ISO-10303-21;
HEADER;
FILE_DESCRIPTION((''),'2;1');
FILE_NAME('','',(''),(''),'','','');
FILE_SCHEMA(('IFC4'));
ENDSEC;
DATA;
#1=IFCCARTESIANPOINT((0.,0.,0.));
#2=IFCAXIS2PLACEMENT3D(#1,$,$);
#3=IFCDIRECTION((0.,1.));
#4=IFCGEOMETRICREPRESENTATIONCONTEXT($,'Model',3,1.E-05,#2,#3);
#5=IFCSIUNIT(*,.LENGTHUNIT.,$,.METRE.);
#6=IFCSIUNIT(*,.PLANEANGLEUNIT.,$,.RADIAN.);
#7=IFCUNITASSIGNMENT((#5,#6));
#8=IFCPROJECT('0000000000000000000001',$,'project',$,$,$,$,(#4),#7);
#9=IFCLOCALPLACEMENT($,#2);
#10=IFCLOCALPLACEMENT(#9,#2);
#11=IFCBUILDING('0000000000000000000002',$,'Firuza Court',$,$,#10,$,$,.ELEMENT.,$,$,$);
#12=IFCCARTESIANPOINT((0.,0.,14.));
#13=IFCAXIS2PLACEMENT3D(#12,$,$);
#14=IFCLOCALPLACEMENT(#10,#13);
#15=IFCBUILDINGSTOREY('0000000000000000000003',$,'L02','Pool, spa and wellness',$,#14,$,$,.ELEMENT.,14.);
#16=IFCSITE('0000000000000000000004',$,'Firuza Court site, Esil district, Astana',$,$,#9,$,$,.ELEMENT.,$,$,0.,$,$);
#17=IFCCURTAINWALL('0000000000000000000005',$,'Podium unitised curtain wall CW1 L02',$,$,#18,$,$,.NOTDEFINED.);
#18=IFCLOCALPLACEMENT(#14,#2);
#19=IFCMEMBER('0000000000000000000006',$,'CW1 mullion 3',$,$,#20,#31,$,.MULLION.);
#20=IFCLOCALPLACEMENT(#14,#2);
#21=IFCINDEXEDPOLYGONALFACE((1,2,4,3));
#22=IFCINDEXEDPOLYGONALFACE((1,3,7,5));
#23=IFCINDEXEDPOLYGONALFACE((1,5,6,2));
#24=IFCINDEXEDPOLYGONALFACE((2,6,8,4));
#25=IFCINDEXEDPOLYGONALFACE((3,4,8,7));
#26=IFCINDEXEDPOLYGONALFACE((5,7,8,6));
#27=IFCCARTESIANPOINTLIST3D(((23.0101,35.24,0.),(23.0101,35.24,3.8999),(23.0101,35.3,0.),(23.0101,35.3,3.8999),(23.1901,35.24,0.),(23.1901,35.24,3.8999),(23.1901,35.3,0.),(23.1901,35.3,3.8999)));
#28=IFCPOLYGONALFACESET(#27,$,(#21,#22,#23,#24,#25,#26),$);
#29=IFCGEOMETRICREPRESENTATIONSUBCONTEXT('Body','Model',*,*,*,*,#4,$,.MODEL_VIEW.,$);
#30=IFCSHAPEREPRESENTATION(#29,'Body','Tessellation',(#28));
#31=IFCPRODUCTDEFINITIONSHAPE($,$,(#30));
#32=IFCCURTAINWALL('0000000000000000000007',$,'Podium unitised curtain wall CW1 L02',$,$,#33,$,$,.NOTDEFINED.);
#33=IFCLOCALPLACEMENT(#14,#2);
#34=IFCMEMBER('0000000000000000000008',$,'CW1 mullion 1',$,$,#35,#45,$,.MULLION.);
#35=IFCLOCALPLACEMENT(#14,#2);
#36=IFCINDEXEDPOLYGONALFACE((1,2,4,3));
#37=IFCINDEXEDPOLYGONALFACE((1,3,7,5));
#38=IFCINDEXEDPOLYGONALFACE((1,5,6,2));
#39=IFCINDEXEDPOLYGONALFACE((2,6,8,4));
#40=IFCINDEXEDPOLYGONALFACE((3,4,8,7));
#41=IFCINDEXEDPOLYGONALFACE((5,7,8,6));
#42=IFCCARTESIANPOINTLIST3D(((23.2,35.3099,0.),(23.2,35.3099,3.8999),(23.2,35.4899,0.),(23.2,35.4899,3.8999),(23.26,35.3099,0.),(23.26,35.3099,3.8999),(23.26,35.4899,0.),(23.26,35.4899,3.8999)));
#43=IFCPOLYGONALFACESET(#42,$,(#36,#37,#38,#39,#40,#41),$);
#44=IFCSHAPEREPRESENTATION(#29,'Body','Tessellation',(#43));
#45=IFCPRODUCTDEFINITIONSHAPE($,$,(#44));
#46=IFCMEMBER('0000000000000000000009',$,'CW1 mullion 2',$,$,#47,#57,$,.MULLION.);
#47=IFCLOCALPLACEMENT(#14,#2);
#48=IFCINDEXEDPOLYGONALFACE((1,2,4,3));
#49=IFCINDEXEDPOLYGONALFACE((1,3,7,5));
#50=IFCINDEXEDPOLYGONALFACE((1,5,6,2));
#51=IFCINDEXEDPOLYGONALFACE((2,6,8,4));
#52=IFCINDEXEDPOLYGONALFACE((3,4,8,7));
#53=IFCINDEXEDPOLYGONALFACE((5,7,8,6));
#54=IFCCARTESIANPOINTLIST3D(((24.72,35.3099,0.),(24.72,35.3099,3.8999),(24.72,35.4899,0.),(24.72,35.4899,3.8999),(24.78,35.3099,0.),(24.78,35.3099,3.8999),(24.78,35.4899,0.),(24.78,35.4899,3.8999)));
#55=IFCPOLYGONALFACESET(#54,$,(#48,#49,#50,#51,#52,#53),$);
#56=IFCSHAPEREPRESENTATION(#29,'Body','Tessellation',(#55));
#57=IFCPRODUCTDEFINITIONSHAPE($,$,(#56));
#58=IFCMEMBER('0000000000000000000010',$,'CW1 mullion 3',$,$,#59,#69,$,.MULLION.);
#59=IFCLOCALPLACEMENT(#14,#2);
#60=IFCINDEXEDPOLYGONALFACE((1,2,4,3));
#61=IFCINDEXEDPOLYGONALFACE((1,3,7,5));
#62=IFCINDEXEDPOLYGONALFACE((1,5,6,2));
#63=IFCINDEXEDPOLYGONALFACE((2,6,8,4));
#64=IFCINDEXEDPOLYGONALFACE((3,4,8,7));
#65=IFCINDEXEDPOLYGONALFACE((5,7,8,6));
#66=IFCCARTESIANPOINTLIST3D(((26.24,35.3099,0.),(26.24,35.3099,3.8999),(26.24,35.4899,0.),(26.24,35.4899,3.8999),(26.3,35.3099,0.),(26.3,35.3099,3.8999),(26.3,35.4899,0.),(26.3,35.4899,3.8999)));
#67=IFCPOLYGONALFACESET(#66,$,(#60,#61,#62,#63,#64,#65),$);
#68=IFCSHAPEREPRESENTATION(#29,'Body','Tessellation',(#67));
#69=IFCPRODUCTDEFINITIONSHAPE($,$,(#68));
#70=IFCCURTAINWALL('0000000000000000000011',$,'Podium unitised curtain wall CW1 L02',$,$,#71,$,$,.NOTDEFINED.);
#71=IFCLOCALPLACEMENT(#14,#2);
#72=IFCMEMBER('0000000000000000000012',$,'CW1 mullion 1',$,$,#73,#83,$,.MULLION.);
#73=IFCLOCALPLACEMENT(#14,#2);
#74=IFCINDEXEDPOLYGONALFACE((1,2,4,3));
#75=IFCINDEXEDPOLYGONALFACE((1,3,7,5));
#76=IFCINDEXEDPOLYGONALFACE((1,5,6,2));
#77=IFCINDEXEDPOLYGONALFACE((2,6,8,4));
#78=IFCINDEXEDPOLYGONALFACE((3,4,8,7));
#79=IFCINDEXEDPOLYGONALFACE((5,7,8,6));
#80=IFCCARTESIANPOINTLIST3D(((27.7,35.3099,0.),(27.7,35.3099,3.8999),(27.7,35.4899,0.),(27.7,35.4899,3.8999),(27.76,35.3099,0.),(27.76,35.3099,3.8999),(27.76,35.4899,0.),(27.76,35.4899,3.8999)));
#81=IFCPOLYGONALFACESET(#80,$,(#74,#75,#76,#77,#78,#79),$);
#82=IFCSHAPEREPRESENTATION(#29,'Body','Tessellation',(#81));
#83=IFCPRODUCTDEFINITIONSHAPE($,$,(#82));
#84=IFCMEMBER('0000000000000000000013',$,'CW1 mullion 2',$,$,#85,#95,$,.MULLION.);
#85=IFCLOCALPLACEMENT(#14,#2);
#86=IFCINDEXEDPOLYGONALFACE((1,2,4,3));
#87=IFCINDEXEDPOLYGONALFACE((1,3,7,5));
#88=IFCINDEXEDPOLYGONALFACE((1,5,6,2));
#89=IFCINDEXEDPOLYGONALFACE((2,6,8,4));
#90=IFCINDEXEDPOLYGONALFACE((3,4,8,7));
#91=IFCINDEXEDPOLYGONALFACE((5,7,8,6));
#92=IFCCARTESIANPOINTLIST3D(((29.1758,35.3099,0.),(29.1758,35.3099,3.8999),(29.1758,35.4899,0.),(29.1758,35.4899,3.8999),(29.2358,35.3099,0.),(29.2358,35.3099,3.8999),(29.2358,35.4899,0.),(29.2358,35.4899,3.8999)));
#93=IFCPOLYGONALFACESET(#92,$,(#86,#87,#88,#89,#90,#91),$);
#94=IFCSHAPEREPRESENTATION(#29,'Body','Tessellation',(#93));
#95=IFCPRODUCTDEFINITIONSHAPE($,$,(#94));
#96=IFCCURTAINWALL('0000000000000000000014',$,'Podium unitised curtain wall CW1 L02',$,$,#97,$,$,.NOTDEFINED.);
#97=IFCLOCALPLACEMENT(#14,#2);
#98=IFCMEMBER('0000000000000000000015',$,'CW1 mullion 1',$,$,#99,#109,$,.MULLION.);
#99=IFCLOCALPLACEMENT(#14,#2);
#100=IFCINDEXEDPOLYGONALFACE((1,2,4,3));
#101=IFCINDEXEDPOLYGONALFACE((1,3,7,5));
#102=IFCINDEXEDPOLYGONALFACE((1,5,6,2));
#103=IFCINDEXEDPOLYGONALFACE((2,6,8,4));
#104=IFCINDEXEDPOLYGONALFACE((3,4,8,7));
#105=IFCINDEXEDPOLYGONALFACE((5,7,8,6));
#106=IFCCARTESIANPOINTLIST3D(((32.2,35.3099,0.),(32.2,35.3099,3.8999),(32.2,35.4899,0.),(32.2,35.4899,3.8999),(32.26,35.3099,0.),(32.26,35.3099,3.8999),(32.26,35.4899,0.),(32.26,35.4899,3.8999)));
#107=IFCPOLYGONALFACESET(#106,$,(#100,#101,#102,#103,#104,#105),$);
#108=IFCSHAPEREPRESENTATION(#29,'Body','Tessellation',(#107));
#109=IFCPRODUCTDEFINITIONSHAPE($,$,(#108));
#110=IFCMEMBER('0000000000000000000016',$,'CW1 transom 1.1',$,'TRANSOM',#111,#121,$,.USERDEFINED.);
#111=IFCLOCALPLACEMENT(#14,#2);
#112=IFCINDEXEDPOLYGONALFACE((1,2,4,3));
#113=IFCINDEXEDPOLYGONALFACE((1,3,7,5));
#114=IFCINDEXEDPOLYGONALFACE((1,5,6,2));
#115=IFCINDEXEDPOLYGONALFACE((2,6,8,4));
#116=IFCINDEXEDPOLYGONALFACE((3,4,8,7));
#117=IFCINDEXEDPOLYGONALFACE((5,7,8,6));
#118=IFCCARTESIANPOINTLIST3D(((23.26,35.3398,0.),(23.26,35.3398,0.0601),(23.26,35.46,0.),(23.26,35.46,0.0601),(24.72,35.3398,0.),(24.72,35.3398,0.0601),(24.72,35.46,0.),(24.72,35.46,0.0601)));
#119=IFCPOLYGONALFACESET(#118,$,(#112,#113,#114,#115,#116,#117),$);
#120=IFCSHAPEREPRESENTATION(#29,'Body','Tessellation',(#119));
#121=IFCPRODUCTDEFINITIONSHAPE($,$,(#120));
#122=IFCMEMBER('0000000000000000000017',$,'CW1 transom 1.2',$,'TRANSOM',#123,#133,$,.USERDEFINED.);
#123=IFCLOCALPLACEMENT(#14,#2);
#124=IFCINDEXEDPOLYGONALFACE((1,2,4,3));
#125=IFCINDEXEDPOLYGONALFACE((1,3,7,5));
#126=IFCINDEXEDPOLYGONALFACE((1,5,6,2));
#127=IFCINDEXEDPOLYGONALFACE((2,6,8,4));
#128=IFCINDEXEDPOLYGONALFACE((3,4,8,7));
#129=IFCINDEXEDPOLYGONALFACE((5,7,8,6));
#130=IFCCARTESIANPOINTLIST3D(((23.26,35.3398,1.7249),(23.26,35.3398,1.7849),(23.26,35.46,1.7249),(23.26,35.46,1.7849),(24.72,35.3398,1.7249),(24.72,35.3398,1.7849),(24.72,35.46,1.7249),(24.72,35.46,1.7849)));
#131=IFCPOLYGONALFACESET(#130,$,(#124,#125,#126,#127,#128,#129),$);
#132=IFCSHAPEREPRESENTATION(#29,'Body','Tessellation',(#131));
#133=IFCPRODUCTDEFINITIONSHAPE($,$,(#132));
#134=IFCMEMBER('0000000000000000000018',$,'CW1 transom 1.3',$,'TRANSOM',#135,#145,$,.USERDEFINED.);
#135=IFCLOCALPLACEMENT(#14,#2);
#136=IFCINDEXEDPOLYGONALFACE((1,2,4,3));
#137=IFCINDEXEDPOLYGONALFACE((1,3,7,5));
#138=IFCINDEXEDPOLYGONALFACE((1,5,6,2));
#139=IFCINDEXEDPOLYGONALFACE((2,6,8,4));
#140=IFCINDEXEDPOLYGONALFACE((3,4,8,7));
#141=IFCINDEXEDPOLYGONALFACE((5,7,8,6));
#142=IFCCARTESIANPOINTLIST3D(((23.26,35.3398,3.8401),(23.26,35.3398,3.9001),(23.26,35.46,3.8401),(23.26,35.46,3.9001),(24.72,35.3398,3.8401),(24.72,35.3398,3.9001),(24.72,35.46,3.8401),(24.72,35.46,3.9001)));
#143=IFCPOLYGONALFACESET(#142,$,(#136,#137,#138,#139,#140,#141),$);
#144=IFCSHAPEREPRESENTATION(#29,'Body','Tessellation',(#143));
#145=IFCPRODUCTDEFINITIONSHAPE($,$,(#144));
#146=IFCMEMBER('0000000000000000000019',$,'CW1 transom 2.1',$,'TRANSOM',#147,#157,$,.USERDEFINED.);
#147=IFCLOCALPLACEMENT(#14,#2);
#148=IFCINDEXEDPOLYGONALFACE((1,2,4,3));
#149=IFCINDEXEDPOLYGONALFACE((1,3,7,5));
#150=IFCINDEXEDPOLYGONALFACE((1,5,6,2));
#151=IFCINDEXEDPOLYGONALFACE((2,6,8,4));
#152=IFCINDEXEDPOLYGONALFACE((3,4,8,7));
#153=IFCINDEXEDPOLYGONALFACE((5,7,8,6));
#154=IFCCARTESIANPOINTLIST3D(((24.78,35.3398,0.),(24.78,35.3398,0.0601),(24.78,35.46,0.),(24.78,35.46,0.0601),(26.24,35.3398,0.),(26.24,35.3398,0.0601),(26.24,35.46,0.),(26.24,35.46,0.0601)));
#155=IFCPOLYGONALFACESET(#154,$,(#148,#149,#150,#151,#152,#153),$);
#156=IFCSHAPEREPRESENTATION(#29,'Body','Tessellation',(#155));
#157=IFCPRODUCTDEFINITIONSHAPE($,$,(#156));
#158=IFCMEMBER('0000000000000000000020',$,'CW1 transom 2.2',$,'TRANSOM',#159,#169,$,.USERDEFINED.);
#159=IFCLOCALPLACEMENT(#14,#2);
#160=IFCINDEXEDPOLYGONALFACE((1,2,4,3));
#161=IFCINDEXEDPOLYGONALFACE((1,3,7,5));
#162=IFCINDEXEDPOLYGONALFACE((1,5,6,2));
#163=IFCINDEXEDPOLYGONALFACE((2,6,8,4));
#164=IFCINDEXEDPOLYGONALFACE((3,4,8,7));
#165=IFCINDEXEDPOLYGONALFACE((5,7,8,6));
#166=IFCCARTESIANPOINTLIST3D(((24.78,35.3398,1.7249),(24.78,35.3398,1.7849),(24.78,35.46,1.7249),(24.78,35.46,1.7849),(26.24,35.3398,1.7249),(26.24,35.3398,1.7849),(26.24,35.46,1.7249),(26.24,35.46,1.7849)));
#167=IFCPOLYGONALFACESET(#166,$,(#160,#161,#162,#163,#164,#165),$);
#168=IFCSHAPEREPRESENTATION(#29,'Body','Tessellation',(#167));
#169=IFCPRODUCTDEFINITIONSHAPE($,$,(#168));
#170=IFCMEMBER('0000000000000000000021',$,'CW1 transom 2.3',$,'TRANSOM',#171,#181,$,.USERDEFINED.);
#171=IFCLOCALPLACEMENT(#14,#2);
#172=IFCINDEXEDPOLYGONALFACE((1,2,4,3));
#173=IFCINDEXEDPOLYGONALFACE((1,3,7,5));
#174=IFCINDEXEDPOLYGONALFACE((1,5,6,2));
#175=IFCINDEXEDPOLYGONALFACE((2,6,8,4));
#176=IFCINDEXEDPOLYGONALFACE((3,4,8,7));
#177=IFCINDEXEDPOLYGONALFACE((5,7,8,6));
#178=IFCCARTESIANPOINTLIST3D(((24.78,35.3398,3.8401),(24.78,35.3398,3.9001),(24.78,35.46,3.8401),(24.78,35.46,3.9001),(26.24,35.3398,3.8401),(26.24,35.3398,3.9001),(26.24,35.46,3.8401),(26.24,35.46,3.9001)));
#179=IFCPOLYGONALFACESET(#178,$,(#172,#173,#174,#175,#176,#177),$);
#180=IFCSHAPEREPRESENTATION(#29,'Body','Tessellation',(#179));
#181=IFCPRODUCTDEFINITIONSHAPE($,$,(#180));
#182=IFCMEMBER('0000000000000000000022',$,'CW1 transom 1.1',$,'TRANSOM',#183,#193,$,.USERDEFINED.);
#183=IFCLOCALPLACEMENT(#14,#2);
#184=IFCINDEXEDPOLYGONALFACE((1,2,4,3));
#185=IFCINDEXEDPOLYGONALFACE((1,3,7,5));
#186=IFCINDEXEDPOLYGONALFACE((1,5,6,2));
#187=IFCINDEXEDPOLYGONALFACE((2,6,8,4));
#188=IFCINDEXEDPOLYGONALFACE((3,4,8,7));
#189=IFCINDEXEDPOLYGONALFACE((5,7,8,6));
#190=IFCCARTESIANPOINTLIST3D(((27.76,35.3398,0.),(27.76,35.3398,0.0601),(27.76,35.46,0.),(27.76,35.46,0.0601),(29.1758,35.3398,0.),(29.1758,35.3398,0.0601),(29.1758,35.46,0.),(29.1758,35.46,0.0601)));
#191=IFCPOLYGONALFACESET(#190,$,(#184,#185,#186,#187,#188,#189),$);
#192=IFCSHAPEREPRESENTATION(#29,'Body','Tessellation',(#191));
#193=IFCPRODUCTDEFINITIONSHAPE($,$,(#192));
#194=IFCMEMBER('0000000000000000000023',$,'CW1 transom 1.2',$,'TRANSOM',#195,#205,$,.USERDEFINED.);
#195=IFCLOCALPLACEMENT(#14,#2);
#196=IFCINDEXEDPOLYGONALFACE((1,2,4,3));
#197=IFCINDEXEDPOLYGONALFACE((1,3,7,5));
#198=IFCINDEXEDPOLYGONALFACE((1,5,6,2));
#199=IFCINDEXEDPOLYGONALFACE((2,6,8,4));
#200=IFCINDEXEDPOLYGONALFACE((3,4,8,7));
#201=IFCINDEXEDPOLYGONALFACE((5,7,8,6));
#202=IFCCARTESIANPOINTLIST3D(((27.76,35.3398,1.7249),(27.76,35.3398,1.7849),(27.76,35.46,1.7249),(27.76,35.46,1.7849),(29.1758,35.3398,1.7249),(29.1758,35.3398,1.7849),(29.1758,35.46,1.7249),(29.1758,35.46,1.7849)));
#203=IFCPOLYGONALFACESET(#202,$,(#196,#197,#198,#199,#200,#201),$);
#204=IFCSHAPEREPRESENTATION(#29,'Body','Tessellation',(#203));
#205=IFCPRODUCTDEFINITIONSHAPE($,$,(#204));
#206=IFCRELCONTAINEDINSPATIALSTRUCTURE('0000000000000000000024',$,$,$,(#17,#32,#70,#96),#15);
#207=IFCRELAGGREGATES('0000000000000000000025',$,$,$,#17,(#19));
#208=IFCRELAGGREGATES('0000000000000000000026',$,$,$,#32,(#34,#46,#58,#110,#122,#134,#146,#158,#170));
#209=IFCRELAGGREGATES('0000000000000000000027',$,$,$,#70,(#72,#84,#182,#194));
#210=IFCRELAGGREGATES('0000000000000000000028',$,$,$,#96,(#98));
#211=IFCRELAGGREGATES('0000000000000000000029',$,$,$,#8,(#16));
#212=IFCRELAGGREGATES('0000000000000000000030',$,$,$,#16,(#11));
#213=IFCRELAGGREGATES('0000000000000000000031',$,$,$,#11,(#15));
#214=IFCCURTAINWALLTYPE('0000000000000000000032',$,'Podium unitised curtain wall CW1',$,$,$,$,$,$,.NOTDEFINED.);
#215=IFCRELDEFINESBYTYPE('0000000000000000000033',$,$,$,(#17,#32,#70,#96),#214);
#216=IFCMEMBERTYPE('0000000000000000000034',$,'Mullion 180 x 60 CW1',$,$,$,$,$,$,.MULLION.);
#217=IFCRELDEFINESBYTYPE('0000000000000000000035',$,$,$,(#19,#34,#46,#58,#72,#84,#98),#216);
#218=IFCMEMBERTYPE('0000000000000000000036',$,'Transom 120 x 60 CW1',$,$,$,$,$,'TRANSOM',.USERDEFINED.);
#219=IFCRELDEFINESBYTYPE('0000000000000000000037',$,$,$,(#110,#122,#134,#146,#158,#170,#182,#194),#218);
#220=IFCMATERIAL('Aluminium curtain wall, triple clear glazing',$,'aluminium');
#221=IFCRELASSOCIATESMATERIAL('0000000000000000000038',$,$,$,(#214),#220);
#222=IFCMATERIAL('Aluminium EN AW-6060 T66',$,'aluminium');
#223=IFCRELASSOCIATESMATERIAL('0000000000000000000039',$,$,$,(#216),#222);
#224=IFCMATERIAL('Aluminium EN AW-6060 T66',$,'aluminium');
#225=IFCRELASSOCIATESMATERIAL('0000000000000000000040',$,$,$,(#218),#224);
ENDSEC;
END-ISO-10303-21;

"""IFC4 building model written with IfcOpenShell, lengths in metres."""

from ifc_helpers import new_model, si_unit, direction, frame, origin, origin_2d, place, context, subcontext, project, spatial, rectangle, extrude, material, material_profile, profile_set, type_object, element, aggregate, save


model = new_model("IFC4")

# Units and contexts
model_context = context("Model", 3, precision=1e-05, world=origin(), true_north=direction((0.0, 1.0)))
body_context = subcontext(model_context, "Body", "Model", "MODEL_VIEW")
ifc_project = project(units=[si_unit("LENGTHUNIT", "METRE"), si_unit("PLANEANGLEUNIT", "RADIAN")], contexts=[model_context])

# Site, building, storey
site_placement = place(None, origin())
site = spatial("IfcSite", under=ifc_project, at=site_placement, Name="Firuza Court site, Esil district, Astana", CompositionType="ELEMENT", RefElevation=0.0)
building_placement = place(site_placement, origin())
building = spatial("IfcBuilding", under=site, at=building_placement, Name="Firuza Court", CompositionType="ELEMENT")
storey_placement = place(building_placement, frame((0.0, 0.0, 14.0)))
storey = spatial("IfcBuildingStorey", under=building, at=storey_placement, Name="L02", Description="Pool, spa and wellness", CompositionType="ELEMENT", Elevation=14.0)

# Curtain wall, member
ifc_material_1 = material(Name="Aluminium curtain wall, triple clear glazing", Category="aluminium")
curtain_wall_type = type_object("IfcCurtainWallType", Name="Podium unitised curtain wall CW1", PredefinedType="NOTDEFINED", material=ifc_material_1)
curtain_wall_1_placement = place(storey_placement, origin())
curtain_wall_1 = element("IfcCurtainWall", 1, at=curtain_wall_1_placement, inside=storey, type_object=curtain_wall_type, Name="Podium unitised curtain wall CW1 L02", PredefinedType="NOTDEFINED")
ifc_material_2 = material(Name="Aluminium EN AW-6060 T66", Category="aluminium")
ifc_material_profile_1 = material_profile(ifc_material_2, rectangle(XDim=0.1799, YDim=0.0601, at=origin_2d()), Name="Mullion 180 x 60 CW1")
ifc_profile_set_1 = profile_set([ifc_material_profile_1], Name="Aluminium EN AW-6060 T66")
member_type_1 = type_object("IfcMemberType", Name="Mullion 180 x 60 CW1", PredefinedType="MULLION", material=ifc_profile_set_1)
member_1_placement = place(storey_placement, frame((23.1001, 35.27, 0.0), z_axis=(0.0, 0.0, 1.0), x_axis=(-1.0, 0.0, 0.0)))
member_1 = element("IfcMember", 2, at=member_1_placement, type_object=member_type_1, Name="CW1 mullion 3", PredefinedType="MULLION", context=body_context, shape_type="SweptSolid", body=[
    extrude(rectangle(XDim=0.1799, YDim=0.0601, at=origin_2d()), origin(), (0.0, 0.0, 1.0), 3.8999),
])
aggregate(curtain_wall_1, [member_1])

# Curtain walls, members
curtain_wall_2_placement = place(storey_placement, origin())
curtain_wall_2 = element("IfcCurtainWall", 3, at=curtain_wall_2_placement, inside=storey, type_object=curtain_wall_type, Name="Podium unitised curtain wall CW1 L02", PredefinedType="NOTDEFINED")
member_2_placement = place(storey_placement, frame((23.23, 35.3999, 0.0), z_axis=(0.0, 0.0, 1.0), x_axis=(0.0, 1.0, 0.0)))
member_2 = element("IfcMember", 4, at=member_2_placement, type_object=member_type_1, Name="CW1 mullion 1", PredefinedType="MULLION", context=body_context, shape_type="SweptSolid", body=[
    extrude(rectangle(XDim=0.1799, YDim=0.0601, at=origin_2d()), origin(), (0.0, 0.0, 1.0), 3.8999),
])
member_3_placement = place(storey_placement, frame((24.75, 35.3999, 0.0), z_axis=(0.0, 0.0, 1.0), x_axis=(0.0, 1.0, 0.0)))
member_3 = element("IfcMember", 5, at=member_3_placement, type_object=member_type_1, Name="CW1 mullion 2", PredefinedType="MULLION", context=body_context, shape_type="SweptSolid", body=[
    extrude(rectangle(XDim=0.1799, YDim=0.0601, at=origin_2d()), origin(), (0.0, 0.0, 1.0), 3.8999),
])
member_4_placement = place(storey_placement, frame((26.27, 35.3999, 0.0), z_axis=(0.0, 0.0, 1.0), x_axis=(0.0, 1.0, 0.0)))
member_4 = element("IfcMember", 6, at=member_4_placement, type_object=member_type_1, Name="CW1 mullion 3", PredefinedType="MULLION", context=body_context, shape_type="SweptSolid", body=[
    extrude(rectangle(XDim=0.1799, YDim=0.0601, at=origin_2d()), origin(), (0.0, 0.0, 1.0), 3.8999),
])
curtain_wall_3_placement = place(storey_placement, origin())
curtain_wall_3 = element("IfcCurtainWall", 7, at=curtain_wall_3_placement, inside=storey, type_object=curtain_wall_type, Name="Podium unitised curtain wall CW1 L02", PredefinedType="NOTDEFINED")
member_5_placement = place(storey_placement, frame((27.73, 35.3999, 0.0), z_axis=(0.0, 0.0, 1.0), x_axis=(0.0, 1.0, 0.0)))
member_5 = element("IfcMember", 8, at=member_5_placement, type_object=member_type_1, Name="CW1 mullion 1", PredefinedType="MULLION", context=body_context, shape_type="SweptSolid", body=[
    extrude(rectangle(XDim=0.1799, YDim=0.0601, at=origin_2d()), origin(), (0.0, 0.0, 1.0), 3.8999),
])
member_6_placement = place(storey_placement, frame((29.2058, 35.3999, 0.0), z_axis=(0.0, 0.0, 1.0), x_axis=(0.0, 1.0, 0.0)))
member_6 = element("IfcMember", 9, at=member_6_placement, type_object=member_type_1, Name="CW1 mullion 2", PredefinedType="MULLION", context=body_context, shape_type="SweptSolid", body=[
    extrude(rectangle(XDim=0.1799, YDim=0.0601, at=origin_2d()), origin(), (0.0, 0.0, 1.0), 3.8999),
])

# Curtain wall, member
curtain_wall_4_placement = place(storey_placement, origin())
curtain_wall_4 = element("IfcCurtainWall", 10, at=curtain_wall_4_placement, inside=storey, type_object=curtain_wall_type, Name="Podium unitised curtain wall CW1 L02", PredefinedType="NOTDEFINED")
member_7_placement = place(storey_placement, frame((32.23, 35.3999, 0.0), z_axis=(0.0, 0.0, 1.0), x_axis=(0.0, 1.0, 0.0)))
member_7 = element("IfcMember", 11, at=member_7_placement, type_object=member_type_1, Name="CW1 mullion 1", PredefinedType="MULLION", context=body_context, shape_type="SweptSolid", body=[
    extrude(rectangle(XDim=0.1799, YDim=0.0601, at=origin_2d()), origin(), (0.0, 0.0, 1.0), 3.8999),
])

# Members
ifc_material_3 = material(Name="Aluminium EN AW-6060 T66", Category="aluminium")
ifc_material_profile_2 = material_profile(ifc_material_3, rectangle(XDim=0.1201, YDim=0.0601, at=origin_2d()), Name="Transom 120 x 60 CW1")
ifc_profile_set_2 = profile_set([ifc_material_profile_2], Name="Aluminium EN AW-6060 T66")
member_type_2 = type_object("IfcMemberType", Name="Transom 120 x 60 CW1", ElementType="TRANSOM", PredefinedType="USERDEFINED", material=ifc_profile_set_2)
member_8_placement = place(storey_placement, frame((23.26, 35.3999, 0.03), z_axis=(1.0, 0.0, 0.0), x_axis=(0.0, 1.0, 0.0)))
member_8 = element("IfcMember", 12, at=member_8_placement, type_object=member_type_2, Name="CW1 transom 1.1", ObjectType="TRANSOM", PredefinedType="USERDEFINED", context=body_context, shape_type="SweptSolid", body=[
    extrude(rectangle(XDim=0.1201, YDim=0.0601, at=origin_2d()), origin(), (0.0, 0.0, 1.0), 1.46),
])
member_9_placement = place(storey_placement, frame((23.26, 35.3999, 1.7549), z_axis=(1.0, 0.0, 0.0), x_axis=(0.0, 1.0, 0.0)))
member_9 = element("IfcMember", 13, at=member_9_placement, type_object=member_type_2, Name="CW1 transom 1.2", ObjectType="TRANSOM", PredefinedType="USERDEFINED", context=body_context, shape_type="SweptSolid", body=[
    extrude(rectangle(XDim=0.1201, YDim=0.0601, at=origin_2d()), origin(), (0.0, 0.0, 1.0), 1.46),
])
member_10_placement = place(storey_placement, frame((23.26, 35.3999, 3.8701), z_axis=(1.0, 0.0, 0.0), x_axis=(0.0, 1.0, 0.0)))
member_10 = element("IfcMember", 14, at=member_10_placement, type_object=member_type_2, Name="CW1 transom 1.3", ObjectType="TRANSOM", PredefinedType="USERDEFINED", context=body_context, shape_type="SweptSolid", body=[
    extrude(rectangle(XDim=0.1201, YDim=0.0601, at=origin_2d()), origin(), (0.0, 0.0, 1.0), 1.46),
])
member_11_placement = place(storey_placement, frame((24.78, 35.3999, 0.03), z_axis=(1.0, 0.0, 0.0), x_axis=(0.0, 1.0, 0.0)))
member_11 = element("IfcMember", 15, at=member_11_placement, type_object=member_type_2, Name="CW1 transom 2.1", ObjectType="TRANSOM", PredefinedType="USERDEFINED", context=body_context, shape_type="SweptSolid", body=[
    extrude(rectangle(XDim=0.1201, YDim=0.0601, at=origin_2d()), origin(), (0.0, 0.0, 1.0), 1.46),
])
member_12_placement = place(storey_placement, frame((24.78, 35.3999, 1.7549), z_axis=(1.0, 0.0, 0.0), x_axis=(0.0, 1.0, 0.0)))
member_12 = element("IfcMember", 16, at=member_12_placement, type_object=member_type_2, Name="CW1 transom 2.2", ObjectType="TRANSOM", PredefinedType="USERDEFINED", context=body_context, shape_type="SweptSolid", body=[
    extrude(rectangle(XDim=0.1201, YDim=0.0601, at=origin_2d()), origin(), (0.0, 0.0, 1.0), 1.46),
])
member_13_placement = place(storey_placement, frame((24.78, 35.3999, 3.8701), z_axis=(1.0, 0.0, 0.0), x_axis=(0.0, 1.0, 0.0)))
member_13 = element("IfcMember", 17, at=member_13_placement, type_object=member_type_2, Name="CW1 transom 2.3", ObjectType="TRANSOM", PredefinedType="USERDEFINED", context=body_context, shape_type="SweptSolid", body=[
    extrude(rectangle(XDim=0.1201, YDim=0.0601, at=origin_2d()), origin(), (0.0, 0.0, 1.0), 1.46),
])
member_14_placement = place(storey_placement, frame((27.76, 35.3999, 0.03), z_axis=(1.0, 0.0, 0.0), x_axis=(0.0, 1.0, 0.0)))
member_14 = element("IfcMember", 18, at=member_14_placement, type_object=member_type_2, Name="CW1 transom 1.1", ObjectType="TRANSOM", PredefinedType="USERDEFINED", context=body_context, shape_type="SweptSolid", body=[
    extrude(rectangle(XDim=0.1201, YDim=0.0601, at=origin_2d()), origin(), (0.0, 0.0, 1.0), 1.4158),
])
member_15_placement = place(storey_placement, frame((27.76, 35.3999, 1.7549), z_axis=(1.0, 0.0, 0.0), x_axis=(0.0, 1.0, 0.0)))
member_15 = element("IfcMember", 19, at=member_15_placement, type_object=member_type_2, Name="CW1 transom 1.2", ObjectType="TRANSOM", PredefinedType="USERDEFINED", context=body_context, shape_type="SweptSolid", body=[
    extrude(rectangle(XDim=0.1201, YDim=0.0601, at=origin_2d()), origin(), (0.0, 0.0, 1.0), 1.4158),
])

aggregate(curtain_wall_2, [member_2, member_3, member_4, member_8, member_9, member_10, member_11, member_12, member_13])
aggregate(curtain_wall_3, [member_5, member_6, member_14, member_15])
aggregate(curtain_wall_4, [member_7])

save(model, "model.ifc")
